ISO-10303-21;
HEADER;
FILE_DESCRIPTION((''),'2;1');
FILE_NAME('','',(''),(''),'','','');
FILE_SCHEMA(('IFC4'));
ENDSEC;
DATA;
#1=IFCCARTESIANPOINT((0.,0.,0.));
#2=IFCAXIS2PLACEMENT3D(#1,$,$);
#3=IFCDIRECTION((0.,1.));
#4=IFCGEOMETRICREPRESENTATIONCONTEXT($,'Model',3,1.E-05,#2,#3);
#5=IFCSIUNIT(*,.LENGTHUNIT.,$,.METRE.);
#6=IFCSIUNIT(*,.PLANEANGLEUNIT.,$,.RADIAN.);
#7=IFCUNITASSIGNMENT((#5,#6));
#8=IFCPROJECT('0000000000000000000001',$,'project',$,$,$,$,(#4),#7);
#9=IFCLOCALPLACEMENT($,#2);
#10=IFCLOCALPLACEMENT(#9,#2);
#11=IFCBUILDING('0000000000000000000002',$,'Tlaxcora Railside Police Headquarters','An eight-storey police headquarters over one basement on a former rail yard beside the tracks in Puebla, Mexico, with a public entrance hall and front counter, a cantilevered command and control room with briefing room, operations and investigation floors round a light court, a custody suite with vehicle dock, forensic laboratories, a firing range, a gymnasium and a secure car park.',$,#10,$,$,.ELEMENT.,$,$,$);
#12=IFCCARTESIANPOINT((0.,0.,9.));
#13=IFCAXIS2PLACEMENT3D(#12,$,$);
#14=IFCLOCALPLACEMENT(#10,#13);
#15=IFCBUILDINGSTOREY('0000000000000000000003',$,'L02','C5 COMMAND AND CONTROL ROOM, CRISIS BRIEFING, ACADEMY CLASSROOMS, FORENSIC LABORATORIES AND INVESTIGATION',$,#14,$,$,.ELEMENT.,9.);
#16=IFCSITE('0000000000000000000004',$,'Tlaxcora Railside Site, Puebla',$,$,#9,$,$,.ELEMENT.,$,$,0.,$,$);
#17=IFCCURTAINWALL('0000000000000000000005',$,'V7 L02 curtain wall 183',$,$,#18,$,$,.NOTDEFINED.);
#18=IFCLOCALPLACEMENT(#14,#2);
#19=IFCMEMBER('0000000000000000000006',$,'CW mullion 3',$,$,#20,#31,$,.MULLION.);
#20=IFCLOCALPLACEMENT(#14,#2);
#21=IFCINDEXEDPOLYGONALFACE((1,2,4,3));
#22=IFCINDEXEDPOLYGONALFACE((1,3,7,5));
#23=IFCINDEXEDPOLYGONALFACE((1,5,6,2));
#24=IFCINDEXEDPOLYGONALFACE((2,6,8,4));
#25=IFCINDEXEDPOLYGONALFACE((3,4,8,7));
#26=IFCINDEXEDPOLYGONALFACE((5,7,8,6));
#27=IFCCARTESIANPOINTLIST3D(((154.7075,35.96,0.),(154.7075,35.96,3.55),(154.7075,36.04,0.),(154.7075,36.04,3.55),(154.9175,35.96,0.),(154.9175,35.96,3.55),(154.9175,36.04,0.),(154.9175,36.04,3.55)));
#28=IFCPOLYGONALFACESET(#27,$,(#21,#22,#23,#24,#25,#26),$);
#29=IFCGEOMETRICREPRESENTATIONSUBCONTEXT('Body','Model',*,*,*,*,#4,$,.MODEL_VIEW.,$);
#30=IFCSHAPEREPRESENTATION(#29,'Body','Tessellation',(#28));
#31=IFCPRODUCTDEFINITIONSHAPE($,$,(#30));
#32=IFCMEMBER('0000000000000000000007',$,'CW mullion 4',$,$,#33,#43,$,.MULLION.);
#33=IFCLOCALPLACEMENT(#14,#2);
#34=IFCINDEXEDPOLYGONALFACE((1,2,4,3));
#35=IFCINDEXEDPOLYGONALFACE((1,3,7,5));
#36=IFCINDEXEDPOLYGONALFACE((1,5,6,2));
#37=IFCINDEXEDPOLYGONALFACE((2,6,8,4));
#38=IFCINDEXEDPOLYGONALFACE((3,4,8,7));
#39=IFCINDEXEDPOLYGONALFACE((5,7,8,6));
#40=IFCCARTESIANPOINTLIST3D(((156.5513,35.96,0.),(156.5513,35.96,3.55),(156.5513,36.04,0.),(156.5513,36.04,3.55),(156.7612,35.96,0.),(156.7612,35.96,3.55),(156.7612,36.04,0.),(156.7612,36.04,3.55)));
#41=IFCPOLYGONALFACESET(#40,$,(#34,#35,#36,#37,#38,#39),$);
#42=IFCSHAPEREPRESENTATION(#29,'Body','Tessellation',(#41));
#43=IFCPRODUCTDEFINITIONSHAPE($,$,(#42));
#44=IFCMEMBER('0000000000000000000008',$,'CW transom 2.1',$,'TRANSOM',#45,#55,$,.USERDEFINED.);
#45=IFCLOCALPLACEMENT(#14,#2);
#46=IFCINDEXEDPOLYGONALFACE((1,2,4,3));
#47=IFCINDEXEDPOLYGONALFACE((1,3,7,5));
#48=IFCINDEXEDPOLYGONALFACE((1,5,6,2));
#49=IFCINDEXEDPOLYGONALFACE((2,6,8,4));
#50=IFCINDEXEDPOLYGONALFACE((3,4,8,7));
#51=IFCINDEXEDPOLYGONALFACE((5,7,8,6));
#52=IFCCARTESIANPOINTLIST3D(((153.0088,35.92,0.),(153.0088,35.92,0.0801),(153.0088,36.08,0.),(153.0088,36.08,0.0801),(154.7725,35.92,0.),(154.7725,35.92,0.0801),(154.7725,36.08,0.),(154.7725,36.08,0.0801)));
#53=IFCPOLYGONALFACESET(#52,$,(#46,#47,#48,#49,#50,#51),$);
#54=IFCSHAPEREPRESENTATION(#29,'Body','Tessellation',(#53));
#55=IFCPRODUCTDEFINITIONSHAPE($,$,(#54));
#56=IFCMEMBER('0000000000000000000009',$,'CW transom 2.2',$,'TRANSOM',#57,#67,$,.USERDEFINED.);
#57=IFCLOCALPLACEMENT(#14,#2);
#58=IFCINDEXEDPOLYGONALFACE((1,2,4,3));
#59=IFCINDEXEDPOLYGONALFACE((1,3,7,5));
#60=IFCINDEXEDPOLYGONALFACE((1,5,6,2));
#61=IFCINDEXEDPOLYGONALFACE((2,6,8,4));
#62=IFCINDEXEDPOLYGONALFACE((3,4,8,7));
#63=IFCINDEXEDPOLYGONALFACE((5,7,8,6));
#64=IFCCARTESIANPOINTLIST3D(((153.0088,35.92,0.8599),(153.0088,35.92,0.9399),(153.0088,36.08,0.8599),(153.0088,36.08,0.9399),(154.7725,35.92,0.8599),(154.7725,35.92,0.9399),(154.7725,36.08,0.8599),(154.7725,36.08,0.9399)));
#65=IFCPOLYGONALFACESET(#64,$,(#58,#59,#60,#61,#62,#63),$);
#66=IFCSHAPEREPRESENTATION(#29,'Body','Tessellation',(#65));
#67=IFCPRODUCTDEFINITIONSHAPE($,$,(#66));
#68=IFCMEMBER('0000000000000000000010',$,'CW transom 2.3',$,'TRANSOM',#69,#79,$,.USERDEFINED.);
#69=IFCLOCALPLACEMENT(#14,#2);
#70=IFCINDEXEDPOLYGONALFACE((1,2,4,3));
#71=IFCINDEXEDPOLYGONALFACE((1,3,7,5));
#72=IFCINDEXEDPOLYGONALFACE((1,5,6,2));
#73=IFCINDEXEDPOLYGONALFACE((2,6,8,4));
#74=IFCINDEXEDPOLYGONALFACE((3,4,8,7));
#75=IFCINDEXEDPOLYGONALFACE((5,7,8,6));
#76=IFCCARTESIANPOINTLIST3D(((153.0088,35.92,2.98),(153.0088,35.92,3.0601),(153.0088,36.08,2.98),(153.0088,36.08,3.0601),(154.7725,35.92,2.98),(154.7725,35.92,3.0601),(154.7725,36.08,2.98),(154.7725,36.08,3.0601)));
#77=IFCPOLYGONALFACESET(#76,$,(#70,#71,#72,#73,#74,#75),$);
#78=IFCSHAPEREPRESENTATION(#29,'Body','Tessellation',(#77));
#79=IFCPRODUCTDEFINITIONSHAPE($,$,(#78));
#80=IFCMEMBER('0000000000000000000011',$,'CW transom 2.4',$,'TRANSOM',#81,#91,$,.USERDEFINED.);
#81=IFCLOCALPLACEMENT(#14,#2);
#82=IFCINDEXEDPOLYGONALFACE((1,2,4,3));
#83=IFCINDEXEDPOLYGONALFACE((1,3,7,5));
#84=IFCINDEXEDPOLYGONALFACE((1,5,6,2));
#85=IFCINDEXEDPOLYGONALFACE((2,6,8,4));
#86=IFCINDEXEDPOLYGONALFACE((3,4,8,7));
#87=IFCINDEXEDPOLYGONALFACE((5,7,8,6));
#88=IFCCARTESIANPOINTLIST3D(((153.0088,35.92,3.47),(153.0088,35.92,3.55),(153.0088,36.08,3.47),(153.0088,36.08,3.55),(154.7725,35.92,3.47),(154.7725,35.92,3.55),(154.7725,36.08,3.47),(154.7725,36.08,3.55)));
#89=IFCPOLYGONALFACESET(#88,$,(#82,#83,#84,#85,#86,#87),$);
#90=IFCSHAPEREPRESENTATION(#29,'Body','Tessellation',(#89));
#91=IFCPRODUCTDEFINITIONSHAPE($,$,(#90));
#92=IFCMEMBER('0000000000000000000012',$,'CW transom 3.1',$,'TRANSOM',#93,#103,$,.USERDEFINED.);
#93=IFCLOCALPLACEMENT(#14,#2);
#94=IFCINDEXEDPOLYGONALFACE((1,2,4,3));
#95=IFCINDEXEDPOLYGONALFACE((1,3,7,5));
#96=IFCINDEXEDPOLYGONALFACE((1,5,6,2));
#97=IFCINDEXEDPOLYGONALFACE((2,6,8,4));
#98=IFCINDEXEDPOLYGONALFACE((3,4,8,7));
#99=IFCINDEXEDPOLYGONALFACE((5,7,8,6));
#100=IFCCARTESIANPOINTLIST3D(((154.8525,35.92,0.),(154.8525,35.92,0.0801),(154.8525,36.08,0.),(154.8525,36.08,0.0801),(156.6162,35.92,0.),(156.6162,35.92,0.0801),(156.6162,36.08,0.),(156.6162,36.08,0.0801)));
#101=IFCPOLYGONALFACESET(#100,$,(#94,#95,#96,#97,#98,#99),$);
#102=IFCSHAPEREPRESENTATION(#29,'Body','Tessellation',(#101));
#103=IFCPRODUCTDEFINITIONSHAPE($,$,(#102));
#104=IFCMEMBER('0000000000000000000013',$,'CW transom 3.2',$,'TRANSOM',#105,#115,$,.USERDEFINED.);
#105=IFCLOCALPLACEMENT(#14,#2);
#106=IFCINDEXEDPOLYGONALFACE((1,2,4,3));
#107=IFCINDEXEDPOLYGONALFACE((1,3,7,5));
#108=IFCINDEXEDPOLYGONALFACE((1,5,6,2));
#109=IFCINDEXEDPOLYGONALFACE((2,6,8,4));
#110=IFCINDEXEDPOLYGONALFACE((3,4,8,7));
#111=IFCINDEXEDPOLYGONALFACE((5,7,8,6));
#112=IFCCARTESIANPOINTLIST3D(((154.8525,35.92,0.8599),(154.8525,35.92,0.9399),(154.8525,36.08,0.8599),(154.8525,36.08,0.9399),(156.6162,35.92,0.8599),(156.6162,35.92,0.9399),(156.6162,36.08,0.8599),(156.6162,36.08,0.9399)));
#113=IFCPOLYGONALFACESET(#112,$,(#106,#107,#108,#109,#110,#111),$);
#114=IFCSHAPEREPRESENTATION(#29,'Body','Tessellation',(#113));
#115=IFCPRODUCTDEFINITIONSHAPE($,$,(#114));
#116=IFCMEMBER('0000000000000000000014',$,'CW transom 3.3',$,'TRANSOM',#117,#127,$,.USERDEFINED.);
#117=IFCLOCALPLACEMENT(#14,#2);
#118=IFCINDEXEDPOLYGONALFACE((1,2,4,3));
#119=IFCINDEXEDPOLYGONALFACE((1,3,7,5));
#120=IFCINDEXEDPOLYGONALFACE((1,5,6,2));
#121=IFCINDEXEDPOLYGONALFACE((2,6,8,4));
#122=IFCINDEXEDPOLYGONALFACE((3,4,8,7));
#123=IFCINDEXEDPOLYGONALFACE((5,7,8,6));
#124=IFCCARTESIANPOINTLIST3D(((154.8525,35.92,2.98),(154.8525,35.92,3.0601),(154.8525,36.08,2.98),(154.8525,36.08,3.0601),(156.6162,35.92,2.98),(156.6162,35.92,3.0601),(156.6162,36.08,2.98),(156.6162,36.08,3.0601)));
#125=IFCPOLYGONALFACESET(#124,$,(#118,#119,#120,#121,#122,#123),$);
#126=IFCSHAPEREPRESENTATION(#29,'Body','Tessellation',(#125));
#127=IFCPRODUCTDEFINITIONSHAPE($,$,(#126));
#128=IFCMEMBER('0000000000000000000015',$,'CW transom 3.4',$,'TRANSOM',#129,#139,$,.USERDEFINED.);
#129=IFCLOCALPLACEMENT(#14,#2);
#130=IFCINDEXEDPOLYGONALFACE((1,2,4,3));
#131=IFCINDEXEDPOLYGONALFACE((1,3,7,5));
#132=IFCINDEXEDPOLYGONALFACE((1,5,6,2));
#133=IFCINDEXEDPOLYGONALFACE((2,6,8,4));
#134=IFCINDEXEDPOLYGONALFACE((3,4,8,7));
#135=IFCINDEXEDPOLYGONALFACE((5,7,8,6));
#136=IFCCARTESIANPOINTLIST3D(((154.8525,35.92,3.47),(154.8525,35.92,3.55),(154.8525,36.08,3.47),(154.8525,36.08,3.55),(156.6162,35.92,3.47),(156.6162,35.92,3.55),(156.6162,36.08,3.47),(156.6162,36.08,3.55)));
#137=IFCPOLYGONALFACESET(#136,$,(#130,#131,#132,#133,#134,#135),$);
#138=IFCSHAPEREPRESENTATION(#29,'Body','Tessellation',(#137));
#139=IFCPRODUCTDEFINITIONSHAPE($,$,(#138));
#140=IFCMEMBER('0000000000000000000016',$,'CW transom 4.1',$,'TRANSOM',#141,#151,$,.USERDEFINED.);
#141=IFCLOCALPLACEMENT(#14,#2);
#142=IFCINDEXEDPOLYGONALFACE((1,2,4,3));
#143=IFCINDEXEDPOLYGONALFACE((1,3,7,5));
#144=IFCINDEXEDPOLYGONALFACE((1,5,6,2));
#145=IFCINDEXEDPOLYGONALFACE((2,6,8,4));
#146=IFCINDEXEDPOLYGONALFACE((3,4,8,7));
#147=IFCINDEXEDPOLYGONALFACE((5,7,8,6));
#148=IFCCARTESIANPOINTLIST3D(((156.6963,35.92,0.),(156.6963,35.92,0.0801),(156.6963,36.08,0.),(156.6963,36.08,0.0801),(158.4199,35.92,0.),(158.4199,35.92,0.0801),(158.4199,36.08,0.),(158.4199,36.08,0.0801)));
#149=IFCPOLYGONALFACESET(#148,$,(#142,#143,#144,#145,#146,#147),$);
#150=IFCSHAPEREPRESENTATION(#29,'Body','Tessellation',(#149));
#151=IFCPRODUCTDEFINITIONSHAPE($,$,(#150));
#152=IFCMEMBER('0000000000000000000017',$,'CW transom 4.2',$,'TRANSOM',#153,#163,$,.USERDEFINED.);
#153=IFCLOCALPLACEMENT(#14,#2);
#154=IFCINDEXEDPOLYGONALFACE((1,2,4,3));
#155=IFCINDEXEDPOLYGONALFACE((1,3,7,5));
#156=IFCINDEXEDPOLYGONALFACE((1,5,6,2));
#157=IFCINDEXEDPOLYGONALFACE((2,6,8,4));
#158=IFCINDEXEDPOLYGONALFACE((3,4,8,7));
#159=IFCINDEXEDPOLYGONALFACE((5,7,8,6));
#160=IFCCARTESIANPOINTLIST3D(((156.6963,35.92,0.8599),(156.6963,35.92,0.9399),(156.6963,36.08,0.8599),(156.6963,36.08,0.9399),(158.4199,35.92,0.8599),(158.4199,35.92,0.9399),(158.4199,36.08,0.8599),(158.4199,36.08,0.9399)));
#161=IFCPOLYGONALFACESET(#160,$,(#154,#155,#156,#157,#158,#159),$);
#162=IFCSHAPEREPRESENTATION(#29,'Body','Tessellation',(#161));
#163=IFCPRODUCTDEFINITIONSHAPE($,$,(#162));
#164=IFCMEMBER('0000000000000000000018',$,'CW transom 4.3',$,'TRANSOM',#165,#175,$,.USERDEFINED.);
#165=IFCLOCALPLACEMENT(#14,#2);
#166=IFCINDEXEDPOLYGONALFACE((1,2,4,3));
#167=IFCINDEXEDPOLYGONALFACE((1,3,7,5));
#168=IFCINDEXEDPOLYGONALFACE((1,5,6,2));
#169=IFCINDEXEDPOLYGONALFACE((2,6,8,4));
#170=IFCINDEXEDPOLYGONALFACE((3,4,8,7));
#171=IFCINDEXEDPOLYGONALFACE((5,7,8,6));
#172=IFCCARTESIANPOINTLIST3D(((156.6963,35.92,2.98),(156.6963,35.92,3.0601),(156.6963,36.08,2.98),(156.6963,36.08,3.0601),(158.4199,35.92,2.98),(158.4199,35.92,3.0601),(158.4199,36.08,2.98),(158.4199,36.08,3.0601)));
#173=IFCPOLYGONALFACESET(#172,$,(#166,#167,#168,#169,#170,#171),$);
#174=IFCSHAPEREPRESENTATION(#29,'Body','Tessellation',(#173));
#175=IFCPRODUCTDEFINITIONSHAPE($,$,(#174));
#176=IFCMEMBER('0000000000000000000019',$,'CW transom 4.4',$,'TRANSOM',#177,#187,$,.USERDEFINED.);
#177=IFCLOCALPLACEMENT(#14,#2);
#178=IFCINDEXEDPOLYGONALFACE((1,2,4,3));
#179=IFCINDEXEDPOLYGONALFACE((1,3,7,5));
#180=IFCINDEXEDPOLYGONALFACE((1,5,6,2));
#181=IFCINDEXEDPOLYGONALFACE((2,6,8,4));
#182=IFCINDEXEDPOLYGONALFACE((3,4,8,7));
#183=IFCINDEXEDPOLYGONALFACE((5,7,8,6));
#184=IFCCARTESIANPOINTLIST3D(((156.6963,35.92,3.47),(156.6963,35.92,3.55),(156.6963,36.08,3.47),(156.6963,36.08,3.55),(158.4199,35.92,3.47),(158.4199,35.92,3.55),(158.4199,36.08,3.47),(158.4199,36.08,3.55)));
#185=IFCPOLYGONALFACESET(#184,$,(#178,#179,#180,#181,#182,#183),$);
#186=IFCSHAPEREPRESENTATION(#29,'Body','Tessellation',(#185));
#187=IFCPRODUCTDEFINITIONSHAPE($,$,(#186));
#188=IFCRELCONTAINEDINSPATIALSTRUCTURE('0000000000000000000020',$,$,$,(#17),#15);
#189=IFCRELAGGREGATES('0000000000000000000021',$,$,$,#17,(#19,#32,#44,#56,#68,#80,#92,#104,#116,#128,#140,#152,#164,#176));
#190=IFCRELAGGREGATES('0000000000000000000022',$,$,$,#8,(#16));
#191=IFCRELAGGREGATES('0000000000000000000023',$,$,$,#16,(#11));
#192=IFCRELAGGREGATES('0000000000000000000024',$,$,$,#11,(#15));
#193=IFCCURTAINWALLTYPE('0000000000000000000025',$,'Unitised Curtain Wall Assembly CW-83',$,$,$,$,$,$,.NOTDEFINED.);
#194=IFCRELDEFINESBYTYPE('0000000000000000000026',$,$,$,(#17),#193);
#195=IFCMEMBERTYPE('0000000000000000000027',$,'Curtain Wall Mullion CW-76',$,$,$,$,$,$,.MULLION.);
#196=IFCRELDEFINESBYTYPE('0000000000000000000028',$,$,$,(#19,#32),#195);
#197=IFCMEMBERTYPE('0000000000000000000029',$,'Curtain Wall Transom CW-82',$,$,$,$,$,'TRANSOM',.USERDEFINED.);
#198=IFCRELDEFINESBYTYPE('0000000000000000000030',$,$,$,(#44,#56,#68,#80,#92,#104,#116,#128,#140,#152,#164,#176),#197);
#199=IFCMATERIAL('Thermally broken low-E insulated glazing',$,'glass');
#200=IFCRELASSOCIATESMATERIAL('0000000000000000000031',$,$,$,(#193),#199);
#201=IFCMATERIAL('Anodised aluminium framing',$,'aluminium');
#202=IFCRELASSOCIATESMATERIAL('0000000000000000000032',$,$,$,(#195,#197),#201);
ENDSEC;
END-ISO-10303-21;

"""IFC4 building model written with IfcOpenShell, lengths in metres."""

from ifc_helpers import new_model, si_unit, direction, frame, origin, origin_2d, place, context, subcontext, project, spatial, rectangle, extrude, material, material_profile, profile_set, type_object, element, aggregate, save


model = new_model("IFC4")

# Units and contexts
model_context = context("Model", 3, precision=1e-05, world=origin(), true_north=direction((0.0, 1.0)))
body_context = subcontext(model_context, "Body", "Model", "MODEL_VIEW")
ifc_project = project(units=[si_unit("LENGTHUNIT", "METRE"), si_unit("PLANEANGLEUNIT", "RADIAN")], contexts=[model_context])

# Site, building, storey
site_placement = place(None, origin())
site = spatial("IfcSite", under=ifc_project, at=site_placement, Name="Tlaxcora Railside Site, Puebla", CompositionType="ELEMENT", RefElevation=0.0)
building_placement = place(site_placement, origin())
building = spatial("IfcBuilding", under=site, at=building_placement, Name="Tlaxcora Railside Police Headquarters", Description="An eight-storey police headquarters over one basement on a former rail yard beside the tracks in Puebla, Mexico, with a public entrance hall and front counter, a cantilevered command and control room with briefing room, operations and investigation floors round a light court, a custody suite with vehicle dock, forensic laboratories, a firing range, a gymnasium and a secure car park.", CompositionType="ELEMENT")
storey_placement = place(building_placement, frame((0.0, 0.0, 9.0)))
storey = spatial("IfcBuildingStorey", under=building, at=storey_placement, Name="L02", Description="C5 COMMAND AND CONTROL ROOM, CRISIS BRIEFING, ACADEMY CLASSROOMS, FORENSIC LABORATORIES AND INVESTIGATION", CompositionType="ELEMENT", Elevation=9.0)

# Curtain wall, members
ifc_material_1 = material(Name="Thermally broken low-E insulated glazing", Category="glass")
curtain_wall_type = type_object("IfcCurtainWallType", Name="Unitised Curtain Wall Assembly CW-83", PredefinedType="NOTDEFINED", material=ifc_material_1)
curtain_wall_placement = place(storey_placement, origin())
curtain_wall = element("IfcCurtainWall", 1, at=curtain_wall_placement, inside=storey, type_object=curtain_wall_type, Name="V7 L02 curtain wall 183", PredefinedType="NOTDEFINED")
ifc_material_2 = material(Name="Anodised aluminium framing", Category="aluminium")
ifc_material_profile_1 = material_profile(ifc_material_2, rectangle(XDim=0.0801, YDim=0.21, at=origin_2d()), Name="AL80X210")
ifc_profile_set_1 = profile_set([ifc_material_profile_1], Name="Anodised aluminium framing")
member_type_1 = type_object("IfcMemberType", Name="Curtain Wall Mullion CW-76", PredefinedType="MULLION", material=ifc_profile_set_1)
member_1_placement = place(storey_placement, frame((154.8125, 36.0, 0.0), z_axis=(0.0, 0.0, 1.0), x_axis=(0.0, 1.0, 0.0)))
member_1 = element("IfcMember", 2, at=member_1_placement, type_object=member_type_1, Name="CW mullion 3", PredefinedType="MULLION", context=body_context, shape_type="SweptSolid", body=[
    extrude(rectangle(XDim=0.0801, YDim=0.21, at=origin_2d()), origin(), (0.0, 0.0, 1.0), 3.55),
])
member_2_placement = place(storey_placement, frame((156.6562, 36.0, 0.0), z_axis=(0.0, 0.0, 1.0), x_axis=(0.0, 1.0, 0.0)))
member_2 = element("IfcMember", 3, at=member_2_placement, type_object=member_type_1, Name="CW mullion 4", PredefinedType="MULLION", context=body_context, shape_type="SweptSolid", body=[
    extrude(rectangle(XDim=0.0801, YDim=0.21, at=origin_2d()), origin(), (0.0, 0.0, 1.0), 3.55),
])
ifc_material_profile_2 = material_profile(ifc_material_2, rectangle(XDim=0.1599, YDim=0.0801, at=origin_2d()), Name="AL80X160")
ifc_profile_set_2 = profile_set([ifc_material_profile_2], Name="Anodised aluminium framing")
member_type_2 = type_object("IfcMemberType", Name="Curtain Wall Transom CW-82", ElementType="TRANSOM", PredefinedType="USERDEFINED", material=ifc_profile_set_2)
member_3_placement = place(storey_placement, frame((153.0088, 36.0, 0.04), z_axis=(1.0, 0.0, 0.0), x_axis=(0.0, 1.0, 0.0)))
member_3 = element("IfcMember", 4, at=member_3_placement, type_object=member_type_2, Name="CW transom 2.1", ObjectType="TRANSOM", PredefinedType="USERDEFINED", context=body_context, shape_type="SweptSolid", body=[
    extrude(rectangle(XDim=0.1599, YDim=0.0801, at=origin_2d()), origin(), (0.0, 0.0, 1.0), 1.7637),
])
member_4_placement = place(storey_placement, frame((153.0088, 36.0, 0.8999), z_axis=(1.0, 0.0, 0.0), x_axis=(0.0, 1.0, 0.0)))
member_4 = element("IfcMember", 5, at=member_4_placement, type_object=member_type_2, Name="CW transom 2.2", ObjectType="TRANSOM", PredefinedType="USERDEFINED", context=body_context, shape_type="SweptSolid", body=[
    extrude(rectangle(XDim=0.1599, YDim=0.0801, at=origin_2d()), origin(), (0.0, 0.0, 1.0), 1.7637),
])
member_5_placement = place(storey_placement, frame((153.0088, 36.0, 3.02), z_axis=(1.0, 0.0, 0.0), x_axis=(0.0, 1.0, 0.0)))
member_5 = element("IfcMember", 6, at=member_5_placement, type_object=member_type_2, Name="CW transom 2.3", ObjectType="TRANSOM", PredefinedType="USERDEFINED", context=body_context, shape_type="SweptSolid", body=[
    extrude(rectangle(XDim=0.1599, YDim=0.0801, at=origin_2d()), origin(), (0.0, 0.0, 1.0), 1.7637),
])
member_6_placement = place(storey_placement, frame((153.0088, 36.0, 3.51), z_axis=(1.0, 0.0, 0.0), x_axis=(0.0, 1.0, 0.0)))
member_6 = element("IfcMember", 7, at=member_6_placement, type_object=member_type_2, Name="CW transom 2.4", ObjectType="TRANSOM", PredefinedType="USERDEFINED", context=body_context, shape_type="SweptSolid", body=[
    extrude(rectangle(XDim=0.1599, YDim=0.0801, at=origin_2d()), origin(), (0.0, 0.0, 1.0), 1.7637),
])
member_7_placement = place(storey_placement, frame((154.8525, 36.0, 0.04), z_axis=(1.0, 0.0, 0.0), x_axis=(0.0, 1.0, 0.0)))
member_7 = element("IfcMember", 8, at=member_7_placement, type_object=member_type_2, Name="CW transom 3.1", ObjectType="TRANSOM", PredefinedType="USERDEFINED", context=body_context, shape_type="SweptSolid", body=[
    extrude(rectangle(XDim=0.1599, YDim=0.0801, at=origin_2d()), origin(), (0.0, 0.0, 1.0), 1.7637),
])
member_8_placement = place(storey_placement, frame((154.8525, 36.0, 0.8999), z_axis=(1.0, 0.0, 0.0), x_axis=(0.0, 1.0, 0.0)))
member_8 = element("IfcMember", 9, at=member_8_placement, type_object=member_type_2, Name="CW transom 3.2", ObjectType="TRANSOM", PredefinedType="USERDEFINED", context=body_context, shape_type="SweptSolid", body=[
    extrude(rectangle(XDim=0.1599, YDim=0.0801, at=origin_2d()), origin(), (0.0, 0.0, 1.0), 1.7637),
])
member_9_placement = place(storey_placement, frame((154.8525, 36.0, 3.02), z_axis=(1.0, 0.0, 0.0), x_axis=(0.0, 1.0, 0.0)))
member_9 = element("IfcMember", 10, at=member_9_placement, type_object=member_type_2, Name="CW transom 3.3", ObjectType="TRANSOM", PredefinedType="USERDEFINED", context=body_context, shape_type="SweptSolid", body=[
    extrude(rectangle(XDim=0.1599, YDim=0.0801, at=origin_2d()), origin(), (0.0, 0.0, 1.0), 1.7637),
])
member_10_placement = place(storey_placement, frame((154.8525, 36.0, 3.51), z_axis=(1.0, 0.0, 0.0), x_axis=(0.0, 1.0, 0.0)))
member_10 = element("IfcMember", 11, at=member_10_placement, type_object=member_type_2, Name="CW transom 3.4", ObjectType="TRANSOM", PredefinedType="USERDEFINED", context=body_context, shape_type="SweptSolid", body=[
    extrude(rectangle(XDim=0.1599, YDim=0.0801, at=origin_2d()), origin(), (0.0, 0.0, 1.0), 1.7637),
])
member_11_placement = place(storey_placement, frame((156.6963, 36.0, 0.04), z_axis=(1.0, 0.0, 0.0), x_axis=(0.0, 1.0, 0.0)))
member_11 = element("IfcMember", 12, at=member_11_placement, type_object=member_type_2, Name="CW transom 4.1", ObjectType="TRANSOM", PredefinedType="USERDEFINED", context=body_context, shape_type="SweptSolid", body=[
    extrude(rectangle(XDim=0.1599, YDim=0.0801, at=origin_2d()), origin(), (0.0, 0.0, 1.0), 1.7236),
])
member_12_placement = place(storey_placement, frame((156.6963, 36.0, 0.8999), z_axis=(1.0, 0.0, 0.0), x_axis=(0.0, 1.0, 0.0)))
member_12 = element("IfcMember", 13, at=member_12_placement, type_object=member_type_2, Name="CW transom 4.2", ObjectType="TRANSOM", PredefinedType="USERDEFINED", context=body_context, shape_type="SweptSolid", body=[
    extrude(rectangle(XDim=0.1599, YDim=0.0801, at=origin_2d()), origin(), (0.0, 0.0, 1.0), 1.7236),
])
member_13_placement = place(storey_placement, frame((156.6963, 36.0, 3.02), z_axis=(1.0, 0.0, 0.0), x_axis=(0.0, 1.0, 0.0)))
member_13 = element("IfcMember", 14, at=member_13_placement, type_object=member_type_2, Name="CW transom 4.3", ObjectType="TRANSOM", PredefinedType="USERDEFINED", context=body_context, shape_type="SweptSolid", body=[
    extrude(rectangle(XDim=0.1599, YDim=0.0801, at=origin_2d()), origin(), (0.0, 0.0, 1.0), 1.7236),
])
member_14_placement = place(storey_placement, frame((156.6963, 36.0, 3.51), z_axis=(1.0, 0.0, 0.0), x_axis=(0.0, 1.0, 0.0)))
member_14 = element("IfcMember", 15, at=member_14_placement, type_object=member_type_2, Name="CW transom 4.4", ObjectType="TRANSOM", PredefinedType="USERDEFINED", context=body_context, shape_type="SweptSolid", body=[
    extrude(rectangle(XDim=0.1599, YDim=0.0801, at=origin_2d()), origin(), (0.0, 0.0, 1.0), 1.7236),
])
aggregate(curtain_wall, [member_1, member_2, member_3, member_4, member_5, member_6, member_7, member_8, member_9, member_10, member_11, member_12, member_13, member_14])

save(model, "model.ifc")
